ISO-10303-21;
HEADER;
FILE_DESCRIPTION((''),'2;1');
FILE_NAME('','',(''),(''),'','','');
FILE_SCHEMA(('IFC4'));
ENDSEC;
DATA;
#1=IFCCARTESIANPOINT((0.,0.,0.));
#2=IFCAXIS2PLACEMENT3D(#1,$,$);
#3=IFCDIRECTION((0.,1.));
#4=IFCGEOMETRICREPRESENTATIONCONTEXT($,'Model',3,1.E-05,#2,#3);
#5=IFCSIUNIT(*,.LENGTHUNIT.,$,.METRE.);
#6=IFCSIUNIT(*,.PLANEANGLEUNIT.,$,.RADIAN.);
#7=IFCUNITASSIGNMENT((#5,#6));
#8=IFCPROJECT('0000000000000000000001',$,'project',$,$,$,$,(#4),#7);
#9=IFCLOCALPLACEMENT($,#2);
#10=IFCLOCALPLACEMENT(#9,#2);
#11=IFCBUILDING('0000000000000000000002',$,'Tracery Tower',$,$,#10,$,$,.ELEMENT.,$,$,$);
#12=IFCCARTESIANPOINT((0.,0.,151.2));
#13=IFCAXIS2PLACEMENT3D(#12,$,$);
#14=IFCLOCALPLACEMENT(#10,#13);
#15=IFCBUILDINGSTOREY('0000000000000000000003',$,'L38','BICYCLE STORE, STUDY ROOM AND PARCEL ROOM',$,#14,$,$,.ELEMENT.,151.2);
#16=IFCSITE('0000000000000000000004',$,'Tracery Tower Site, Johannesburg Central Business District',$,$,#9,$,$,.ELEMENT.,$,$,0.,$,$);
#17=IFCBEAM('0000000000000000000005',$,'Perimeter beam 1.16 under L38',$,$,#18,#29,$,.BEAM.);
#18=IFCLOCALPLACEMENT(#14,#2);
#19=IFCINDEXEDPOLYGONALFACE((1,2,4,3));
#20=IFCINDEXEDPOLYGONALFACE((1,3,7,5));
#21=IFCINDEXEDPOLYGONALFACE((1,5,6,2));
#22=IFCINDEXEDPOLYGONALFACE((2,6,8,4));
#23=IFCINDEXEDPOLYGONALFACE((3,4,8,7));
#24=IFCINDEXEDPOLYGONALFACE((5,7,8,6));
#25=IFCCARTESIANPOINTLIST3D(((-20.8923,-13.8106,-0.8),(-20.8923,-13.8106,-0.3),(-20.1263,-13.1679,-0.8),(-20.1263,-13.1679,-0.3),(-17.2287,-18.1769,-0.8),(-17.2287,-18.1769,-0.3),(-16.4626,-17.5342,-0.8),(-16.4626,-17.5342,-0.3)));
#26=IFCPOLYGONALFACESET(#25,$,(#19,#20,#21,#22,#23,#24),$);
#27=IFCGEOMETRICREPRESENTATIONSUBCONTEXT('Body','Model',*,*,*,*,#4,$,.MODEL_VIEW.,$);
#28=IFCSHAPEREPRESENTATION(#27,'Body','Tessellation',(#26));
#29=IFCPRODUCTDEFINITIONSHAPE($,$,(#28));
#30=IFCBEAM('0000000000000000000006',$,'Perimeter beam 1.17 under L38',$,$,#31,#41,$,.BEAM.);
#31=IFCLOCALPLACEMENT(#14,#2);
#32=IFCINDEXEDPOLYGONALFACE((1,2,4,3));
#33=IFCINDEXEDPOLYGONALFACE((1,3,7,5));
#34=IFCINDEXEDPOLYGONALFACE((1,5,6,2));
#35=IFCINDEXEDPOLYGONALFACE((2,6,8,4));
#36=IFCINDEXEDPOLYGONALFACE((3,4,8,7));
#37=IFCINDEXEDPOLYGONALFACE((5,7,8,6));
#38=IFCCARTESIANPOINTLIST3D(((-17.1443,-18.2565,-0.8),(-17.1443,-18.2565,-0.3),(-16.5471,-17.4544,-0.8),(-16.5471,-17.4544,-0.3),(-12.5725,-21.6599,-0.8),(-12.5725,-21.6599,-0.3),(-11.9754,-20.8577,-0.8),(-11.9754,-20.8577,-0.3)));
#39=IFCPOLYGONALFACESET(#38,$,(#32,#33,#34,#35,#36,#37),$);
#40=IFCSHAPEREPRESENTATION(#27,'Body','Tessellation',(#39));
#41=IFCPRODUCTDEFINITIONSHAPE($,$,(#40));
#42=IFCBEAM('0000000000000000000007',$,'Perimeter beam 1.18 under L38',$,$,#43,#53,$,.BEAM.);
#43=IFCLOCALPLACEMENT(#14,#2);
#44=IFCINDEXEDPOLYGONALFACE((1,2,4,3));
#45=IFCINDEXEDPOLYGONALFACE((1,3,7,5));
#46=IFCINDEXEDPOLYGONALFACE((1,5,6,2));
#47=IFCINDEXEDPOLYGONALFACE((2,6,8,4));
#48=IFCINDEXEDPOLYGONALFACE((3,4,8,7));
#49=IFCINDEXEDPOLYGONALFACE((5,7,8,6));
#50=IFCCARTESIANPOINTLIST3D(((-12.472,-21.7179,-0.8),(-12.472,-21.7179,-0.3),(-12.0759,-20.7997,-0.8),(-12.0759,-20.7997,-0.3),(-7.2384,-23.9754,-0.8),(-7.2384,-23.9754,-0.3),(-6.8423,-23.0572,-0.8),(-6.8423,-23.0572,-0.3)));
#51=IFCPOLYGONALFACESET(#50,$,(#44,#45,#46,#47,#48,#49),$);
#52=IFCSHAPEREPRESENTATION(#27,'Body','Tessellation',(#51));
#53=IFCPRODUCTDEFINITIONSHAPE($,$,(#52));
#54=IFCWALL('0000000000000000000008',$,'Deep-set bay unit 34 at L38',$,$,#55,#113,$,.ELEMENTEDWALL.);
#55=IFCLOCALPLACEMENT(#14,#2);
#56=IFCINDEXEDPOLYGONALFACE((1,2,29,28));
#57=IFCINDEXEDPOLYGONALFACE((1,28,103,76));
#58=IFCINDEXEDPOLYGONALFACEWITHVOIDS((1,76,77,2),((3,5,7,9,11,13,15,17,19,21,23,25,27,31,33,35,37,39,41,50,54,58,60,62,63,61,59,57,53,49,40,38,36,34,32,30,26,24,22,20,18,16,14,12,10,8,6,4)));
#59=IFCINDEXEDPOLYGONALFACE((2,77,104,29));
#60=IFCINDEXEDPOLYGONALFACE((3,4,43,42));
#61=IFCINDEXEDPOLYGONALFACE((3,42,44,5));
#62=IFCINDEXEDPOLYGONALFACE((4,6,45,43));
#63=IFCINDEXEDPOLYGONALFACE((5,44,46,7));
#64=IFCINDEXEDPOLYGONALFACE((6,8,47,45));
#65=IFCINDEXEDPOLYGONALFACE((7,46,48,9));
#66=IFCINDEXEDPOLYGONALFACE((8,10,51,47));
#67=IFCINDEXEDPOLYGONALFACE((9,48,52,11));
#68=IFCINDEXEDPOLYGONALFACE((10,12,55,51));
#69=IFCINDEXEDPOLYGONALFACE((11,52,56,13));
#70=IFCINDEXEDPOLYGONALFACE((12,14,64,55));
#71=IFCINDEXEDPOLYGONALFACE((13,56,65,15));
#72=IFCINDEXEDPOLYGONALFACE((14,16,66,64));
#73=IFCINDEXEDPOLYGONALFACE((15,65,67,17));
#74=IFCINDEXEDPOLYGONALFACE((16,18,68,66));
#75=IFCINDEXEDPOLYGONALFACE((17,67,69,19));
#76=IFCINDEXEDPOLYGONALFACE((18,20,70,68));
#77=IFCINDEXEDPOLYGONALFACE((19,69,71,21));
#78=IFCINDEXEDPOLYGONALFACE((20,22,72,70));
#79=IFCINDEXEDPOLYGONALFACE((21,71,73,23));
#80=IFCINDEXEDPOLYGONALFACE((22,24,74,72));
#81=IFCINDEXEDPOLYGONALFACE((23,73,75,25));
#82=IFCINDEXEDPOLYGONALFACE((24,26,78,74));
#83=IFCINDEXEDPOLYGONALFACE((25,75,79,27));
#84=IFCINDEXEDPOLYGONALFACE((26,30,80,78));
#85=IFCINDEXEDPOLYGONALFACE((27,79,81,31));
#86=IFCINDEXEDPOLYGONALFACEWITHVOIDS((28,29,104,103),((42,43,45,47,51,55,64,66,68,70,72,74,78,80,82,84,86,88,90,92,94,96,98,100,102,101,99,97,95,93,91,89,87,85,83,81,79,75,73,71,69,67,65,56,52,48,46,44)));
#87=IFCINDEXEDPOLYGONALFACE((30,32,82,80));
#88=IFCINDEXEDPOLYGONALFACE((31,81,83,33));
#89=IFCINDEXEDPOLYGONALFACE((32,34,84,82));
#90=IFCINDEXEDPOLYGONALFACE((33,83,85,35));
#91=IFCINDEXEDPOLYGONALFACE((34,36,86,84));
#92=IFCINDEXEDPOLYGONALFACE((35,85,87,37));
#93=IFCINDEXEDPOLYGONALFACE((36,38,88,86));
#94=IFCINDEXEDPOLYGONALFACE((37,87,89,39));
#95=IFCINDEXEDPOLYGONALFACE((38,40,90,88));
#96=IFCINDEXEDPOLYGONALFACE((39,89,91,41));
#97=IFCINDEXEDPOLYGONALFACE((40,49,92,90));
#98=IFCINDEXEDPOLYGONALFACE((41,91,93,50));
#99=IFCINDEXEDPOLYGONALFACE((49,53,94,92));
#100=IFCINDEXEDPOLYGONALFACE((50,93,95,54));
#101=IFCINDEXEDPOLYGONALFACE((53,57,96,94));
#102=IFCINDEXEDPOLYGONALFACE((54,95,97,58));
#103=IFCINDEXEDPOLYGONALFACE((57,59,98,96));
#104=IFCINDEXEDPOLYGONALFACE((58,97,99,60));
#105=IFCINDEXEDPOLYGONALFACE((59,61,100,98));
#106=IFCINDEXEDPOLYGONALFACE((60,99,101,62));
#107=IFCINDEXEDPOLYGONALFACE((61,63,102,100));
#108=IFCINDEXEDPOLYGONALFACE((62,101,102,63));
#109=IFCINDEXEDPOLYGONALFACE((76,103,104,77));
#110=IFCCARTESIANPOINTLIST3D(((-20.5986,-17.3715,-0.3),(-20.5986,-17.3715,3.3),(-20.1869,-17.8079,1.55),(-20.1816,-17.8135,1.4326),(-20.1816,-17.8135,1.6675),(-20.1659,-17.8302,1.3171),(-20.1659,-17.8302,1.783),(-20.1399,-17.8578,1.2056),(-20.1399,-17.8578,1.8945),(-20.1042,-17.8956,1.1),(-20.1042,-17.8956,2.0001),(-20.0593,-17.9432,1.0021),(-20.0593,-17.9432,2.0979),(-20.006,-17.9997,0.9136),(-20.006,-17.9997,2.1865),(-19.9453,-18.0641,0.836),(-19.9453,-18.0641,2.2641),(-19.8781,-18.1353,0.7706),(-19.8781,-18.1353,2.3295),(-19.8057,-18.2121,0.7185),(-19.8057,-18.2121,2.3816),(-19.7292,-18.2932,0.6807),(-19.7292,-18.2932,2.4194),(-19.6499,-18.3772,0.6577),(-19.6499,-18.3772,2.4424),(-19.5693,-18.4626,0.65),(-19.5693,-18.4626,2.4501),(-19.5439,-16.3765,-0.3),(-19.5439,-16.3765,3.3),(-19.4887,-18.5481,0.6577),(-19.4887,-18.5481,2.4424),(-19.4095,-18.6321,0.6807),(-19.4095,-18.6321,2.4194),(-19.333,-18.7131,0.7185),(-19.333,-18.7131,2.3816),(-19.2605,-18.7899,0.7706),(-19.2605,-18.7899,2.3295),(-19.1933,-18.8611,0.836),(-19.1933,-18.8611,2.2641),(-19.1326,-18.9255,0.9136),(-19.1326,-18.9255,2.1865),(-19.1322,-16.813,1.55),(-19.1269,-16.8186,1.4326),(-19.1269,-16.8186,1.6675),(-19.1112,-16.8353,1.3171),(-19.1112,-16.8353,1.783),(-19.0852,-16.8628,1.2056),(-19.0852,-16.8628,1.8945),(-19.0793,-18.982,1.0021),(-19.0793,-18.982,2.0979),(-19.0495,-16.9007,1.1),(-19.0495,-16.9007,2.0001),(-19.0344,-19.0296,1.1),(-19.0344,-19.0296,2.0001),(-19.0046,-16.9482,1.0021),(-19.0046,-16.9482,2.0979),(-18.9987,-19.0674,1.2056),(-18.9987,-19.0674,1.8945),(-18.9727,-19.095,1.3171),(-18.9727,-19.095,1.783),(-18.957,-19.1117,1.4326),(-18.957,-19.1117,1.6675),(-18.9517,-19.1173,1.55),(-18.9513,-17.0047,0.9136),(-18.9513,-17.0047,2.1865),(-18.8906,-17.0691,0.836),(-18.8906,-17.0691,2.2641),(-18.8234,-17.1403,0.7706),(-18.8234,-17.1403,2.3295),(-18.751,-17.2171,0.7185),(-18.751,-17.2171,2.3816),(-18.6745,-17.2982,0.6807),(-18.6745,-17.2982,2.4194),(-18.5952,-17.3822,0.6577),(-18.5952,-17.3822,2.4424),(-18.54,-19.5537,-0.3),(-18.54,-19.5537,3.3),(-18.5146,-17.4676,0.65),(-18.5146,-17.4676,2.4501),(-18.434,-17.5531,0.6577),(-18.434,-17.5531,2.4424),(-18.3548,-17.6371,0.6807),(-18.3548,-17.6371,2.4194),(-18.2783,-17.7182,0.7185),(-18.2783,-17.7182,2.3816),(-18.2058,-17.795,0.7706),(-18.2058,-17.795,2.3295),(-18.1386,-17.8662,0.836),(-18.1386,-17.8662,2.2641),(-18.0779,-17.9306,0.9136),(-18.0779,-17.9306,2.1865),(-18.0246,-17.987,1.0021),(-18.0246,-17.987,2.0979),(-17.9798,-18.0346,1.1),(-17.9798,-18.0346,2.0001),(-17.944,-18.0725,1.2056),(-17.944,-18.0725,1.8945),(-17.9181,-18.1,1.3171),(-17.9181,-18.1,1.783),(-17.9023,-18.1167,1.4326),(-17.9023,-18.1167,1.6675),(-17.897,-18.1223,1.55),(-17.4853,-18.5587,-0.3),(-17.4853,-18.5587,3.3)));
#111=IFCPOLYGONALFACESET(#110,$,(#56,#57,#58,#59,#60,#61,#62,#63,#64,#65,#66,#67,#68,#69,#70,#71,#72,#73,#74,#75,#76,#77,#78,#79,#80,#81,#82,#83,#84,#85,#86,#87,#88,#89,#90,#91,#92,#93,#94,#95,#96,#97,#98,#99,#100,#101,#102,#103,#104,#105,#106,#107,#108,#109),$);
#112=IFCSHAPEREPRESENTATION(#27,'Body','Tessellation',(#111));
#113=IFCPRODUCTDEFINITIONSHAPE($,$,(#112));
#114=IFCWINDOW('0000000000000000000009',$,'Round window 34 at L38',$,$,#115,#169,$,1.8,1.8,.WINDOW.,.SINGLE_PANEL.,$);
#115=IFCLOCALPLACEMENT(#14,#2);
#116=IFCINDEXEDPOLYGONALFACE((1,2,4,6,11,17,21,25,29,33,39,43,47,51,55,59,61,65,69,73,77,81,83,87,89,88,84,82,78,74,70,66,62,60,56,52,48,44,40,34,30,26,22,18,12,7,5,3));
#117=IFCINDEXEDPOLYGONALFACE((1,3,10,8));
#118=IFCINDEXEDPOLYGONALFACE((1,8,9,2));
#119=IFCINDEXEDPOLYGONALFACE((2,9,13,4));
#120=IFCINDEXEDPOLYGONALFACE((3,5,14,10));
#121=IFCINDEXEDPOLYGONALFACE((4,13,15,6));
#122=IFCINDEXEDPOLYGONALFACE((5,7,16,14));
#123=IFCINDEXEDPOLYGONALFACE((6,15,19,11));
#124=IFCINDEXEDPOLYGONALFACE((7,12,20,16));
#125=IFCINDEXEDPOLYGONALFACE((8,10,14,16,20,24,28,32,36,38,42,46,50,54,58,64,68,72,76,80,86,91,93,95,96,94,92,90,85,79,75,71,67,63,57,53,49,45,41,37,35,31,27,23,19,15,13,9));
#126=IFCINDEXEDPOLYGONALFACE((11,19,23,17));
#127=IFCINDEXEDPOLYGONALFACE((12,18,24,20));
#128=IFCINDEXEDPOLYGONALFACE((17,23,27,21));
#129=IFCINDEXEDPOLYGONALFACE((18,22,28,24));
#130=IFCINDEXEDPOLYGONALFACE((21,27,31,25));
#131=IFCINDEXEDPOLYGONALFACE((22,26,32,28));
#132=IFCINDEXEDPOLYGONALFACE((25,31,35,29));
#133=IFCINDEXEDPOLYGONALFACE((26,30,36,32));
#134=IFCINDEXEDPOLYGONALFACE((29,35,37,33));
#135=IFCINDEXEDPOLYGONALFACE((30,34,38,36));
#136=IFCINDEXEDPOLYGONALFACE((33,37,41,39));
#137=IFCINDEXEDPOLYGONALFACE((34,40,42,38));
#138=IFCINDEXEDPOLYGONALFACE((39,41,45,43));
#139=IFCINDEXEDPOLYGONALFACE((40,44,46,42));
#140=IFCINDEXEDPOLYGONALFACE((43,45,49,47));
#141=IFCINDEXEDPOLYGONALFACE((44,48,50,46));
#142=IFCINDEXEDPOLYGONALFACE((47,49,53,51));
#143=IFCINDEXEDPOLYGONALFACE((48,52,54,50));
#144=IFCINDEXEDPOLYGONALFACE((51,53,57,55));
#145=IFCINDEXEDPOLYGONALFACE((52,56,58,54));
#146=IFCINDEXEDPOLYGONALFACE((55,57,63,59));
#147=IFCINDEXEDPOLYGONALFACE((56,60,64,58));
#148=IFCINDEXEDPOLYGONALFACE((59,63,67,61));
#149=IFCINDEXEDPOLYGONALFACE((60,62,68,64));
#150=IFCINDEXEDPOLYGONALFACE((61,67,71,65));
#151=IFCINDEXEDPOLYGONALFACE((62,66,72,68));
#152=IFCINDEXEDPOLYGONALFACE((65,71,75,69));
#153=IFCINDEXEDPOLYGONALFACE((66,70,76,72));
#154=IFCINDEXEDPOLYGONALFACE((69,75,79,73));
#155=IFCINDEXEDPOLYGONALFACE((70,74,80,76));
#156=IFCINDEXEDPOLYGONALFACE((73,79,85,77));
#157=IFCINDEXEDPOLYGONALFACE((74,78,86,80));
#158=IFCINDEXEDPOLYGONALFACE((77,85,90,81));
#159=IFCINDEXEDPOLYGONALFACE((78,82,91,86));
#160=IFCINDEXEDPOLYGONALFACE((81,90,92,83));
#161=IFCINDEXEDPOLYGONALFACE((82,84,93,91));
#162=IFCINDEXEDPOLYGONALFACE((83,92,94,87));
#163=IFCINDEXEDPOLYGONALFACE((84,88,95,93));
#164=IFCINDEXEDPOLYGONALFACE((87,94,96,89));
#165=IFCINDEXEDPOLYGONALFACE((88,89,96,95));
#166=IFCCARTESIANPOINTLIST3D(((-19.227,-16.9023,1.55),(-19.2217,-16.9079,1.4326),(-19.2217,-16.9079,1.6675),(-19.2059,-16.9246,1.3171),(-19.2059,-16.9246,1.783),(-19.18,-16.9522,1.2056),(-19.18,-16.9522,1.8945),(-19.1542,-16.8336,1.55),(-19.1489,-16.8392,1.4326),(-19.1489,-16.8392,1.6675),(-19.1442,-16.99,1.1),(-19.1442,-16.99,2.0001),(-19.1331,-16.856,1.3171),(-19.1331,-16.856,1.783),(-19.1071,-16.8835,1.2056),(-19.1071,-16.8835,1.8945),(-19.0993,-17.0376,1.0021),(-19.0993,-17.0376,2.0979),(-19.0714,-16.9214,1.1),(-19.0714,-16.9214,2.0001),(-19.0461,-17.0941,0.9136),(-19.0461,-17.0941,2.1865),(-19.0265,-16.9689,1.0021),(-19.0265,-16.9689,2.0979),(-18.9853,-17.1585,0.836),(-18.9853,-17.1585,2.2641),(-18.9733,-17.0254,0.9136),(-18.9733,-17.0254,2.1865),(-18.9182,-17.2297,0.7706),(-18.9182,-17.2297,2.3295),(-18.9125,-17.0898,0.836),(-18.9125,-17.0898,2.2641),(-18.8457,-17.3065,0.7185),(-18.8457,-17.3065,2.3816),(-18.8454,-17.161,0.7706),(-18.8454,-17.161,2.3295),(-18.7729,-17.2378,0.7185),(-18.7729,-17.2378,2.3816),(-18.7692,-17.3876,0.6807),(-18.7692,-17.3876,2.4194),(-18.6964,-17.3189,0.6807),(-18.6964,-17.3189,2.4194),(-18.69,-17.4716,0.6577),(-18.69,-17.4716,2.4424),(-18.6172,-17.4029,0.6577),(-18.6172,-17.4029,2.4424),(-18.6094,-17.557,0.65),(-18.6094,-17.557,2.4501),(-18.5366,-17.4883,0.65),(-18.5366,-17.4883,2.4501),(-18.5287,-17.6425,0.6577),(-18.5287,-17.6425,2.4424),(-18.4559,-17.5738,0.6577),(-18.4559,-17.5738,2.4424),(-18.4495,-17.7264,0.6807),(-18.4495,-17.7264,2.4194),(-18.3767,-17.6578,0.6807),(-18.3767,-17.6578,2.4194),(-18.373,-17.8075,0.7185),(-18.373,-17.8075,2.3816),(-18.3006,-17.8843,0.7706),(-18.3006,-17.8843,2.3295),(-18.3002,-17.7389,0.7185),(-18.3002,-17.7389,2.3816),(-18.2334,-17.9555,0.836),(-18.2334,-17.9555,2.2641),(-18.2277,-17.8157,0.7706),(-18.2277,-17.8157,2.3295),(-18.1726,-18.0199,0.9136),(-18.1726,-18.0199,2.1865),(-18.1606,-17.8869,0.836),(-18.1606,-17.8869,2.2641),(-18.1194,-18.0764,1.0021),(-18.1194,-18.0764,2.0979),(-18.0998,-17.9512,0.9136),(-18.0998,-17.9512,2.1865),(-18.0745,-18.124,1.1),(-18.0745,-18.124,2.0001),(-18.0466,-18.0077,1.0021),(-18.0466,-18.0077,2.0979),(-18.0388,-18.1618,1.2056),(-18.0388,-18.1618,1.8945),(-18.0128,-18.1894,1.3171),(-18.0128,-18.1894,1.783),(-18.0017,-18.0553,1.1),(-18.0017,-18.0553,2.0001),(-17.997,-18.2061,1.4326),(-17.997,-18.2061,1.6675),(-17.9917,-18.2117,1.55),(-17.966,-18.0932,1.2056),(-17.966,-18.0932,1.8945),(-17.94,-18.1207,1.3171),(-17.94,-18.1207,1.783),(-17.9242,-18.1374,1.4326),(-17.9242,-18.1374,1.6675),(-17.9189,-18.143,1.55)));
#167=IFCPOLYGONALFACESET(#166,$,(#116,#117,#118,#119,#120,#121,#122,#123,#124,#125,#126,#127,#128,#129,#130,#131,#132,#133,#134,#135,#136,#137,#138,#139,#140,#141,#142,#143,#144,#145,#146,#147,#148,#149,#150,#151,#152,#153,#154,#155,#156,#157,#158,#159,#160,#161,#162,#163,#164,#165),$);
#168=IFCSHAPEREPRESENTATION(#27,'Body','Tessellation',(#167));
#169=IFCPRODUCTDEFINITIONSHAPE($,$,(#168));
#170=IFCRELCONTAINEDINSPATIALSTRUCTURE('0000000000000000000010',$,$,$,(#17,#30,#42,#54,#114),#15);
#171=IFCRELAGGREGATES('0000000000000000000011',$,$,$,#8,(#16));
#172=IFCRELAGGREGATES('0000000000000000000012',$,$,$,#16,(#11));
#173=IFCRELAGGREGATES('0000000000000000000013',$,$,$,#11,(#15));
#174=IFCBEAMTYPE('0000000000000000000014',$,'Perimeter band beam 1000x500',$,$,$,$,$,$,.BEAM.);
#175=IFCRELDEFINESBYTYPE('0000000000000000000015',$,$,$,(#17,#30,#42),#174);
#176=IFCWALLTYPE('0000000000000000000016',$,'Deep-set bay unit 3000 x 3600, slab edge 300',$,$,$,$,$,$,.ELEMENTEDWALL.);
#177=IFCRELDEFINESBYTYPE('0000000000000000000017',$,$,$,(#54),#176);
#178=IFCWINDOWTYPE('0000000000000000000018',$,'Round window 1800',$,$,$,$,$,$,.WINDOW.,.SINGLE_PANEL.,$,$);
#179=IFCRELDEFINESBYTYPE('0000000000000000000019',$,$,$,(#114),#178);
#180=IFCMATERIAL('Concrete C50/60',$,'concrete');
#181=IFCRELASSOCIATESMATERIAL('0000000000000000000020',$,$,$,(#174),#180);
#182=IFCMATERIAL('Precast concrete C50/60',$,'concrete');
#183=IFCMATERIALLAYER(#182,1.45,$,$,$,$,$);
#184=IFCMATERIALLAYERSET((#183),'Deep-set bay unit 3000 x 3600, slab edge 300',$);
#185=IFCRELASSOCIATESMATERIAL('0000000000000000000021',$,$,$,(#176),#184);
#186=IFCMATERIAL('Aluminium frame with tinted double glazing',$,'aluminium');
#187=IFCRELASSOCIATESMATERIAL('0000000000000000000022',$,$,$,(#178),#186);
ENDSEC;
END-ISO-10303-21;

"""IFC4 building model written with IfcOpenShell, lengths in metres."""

from ifc_helpers import new_model, si_unit, direction, frame, frame_2d, origin, origin_2d, place, context, subcontext, project, spatial, rectangle, circle, extrude, material, layer, layer_set, material_profile, profile_set, type_object, element, fill, save


model = new_model("IFC4")

# Units and contexts
model_context = context("Model", 3, precision=1e-05, world=origin(), true_north=direction((0.0, 1.0)))
body_context = subcontext(model_context, "Body", "Model", "MODEL_VIEW")
ifc_project = project(units=[si_unit("LENGTHUNIT", "METRE"), si_unit("PLANEANGLEUNIT", "RADIAN")], contexts=[model_context])

# Site, building, storey
site_placement = place(None, origin())
site = spatial("IfcSite", under=ifc_project, at=site_placement, Name="Tracery Tower Site, Johannesburg Central Business District", CompositionType="ELEMENT", RefElevation=0.0)
building_placement = place(site_placement, origin())
building = spatial("IfcBuilding", under=site, at=building_placement, Name="Tracery Tower", CompositionType="ELEMENT")
storey_placement = place(building_placement, frame((0.0, 0.0, 151.2)))
storey = spatial("IfcBuildingStorey", under=building, at=storey_placement, Name="L38", Description="BICYCLE STORE, STUDY ROOM AND PARCEL ROOM", CompositionType="ELEMENT", Elevation=151.2)

# Beams
ifc_material_1 = material(Name="Concrete C50/60", Category="concrete")
ifc_material_profile_1 = material_profile(ifc_material_1, rectangle(XDim=1.0, YDim=0.5, at=origin_2d()), Name="RC 1000x500")
ifc_profile_set_1 = profile_set([ifc_material_profile_1], Name="Concrete C50/60")
beam_type = type_object("IfcBeamType", Name="Perimeter band beam 1000x500", PredefinedType="BEAM", material=ifc_profile_set_1)
beam_1_placement = place(storey_placement, frame((-20.5093, -13.4893, -0.55), z_axis=(0.642776, -0.766054, 0.0), x_axis=(0.766054, 0.642776, 0.0)))
element("IfcBeam", 1, at=beam_1_placement, inside=storey, type_object=beam_type, Name="Perimeter beam 1.16 under L38", PredefinedType="BEAM", context=body_context, shape_type="SweptSolid", body=[
    extrude(rectangle(XDim=1.0, YDim=0.5, at=origin_2d()), origin(), (0.0, 0.0, 1.0), 5.6997),
])
beam_2_placement = place(storey_placement, frame((-16.8457, -17.8555, -0.55), z_axis=(0.802144, -0.597131, 0.0), x_axis=(0.597131, 0.802144, 0.0)))
element("IfcBeam", 2, at=beam_2_placement, inside=storey, type_object=beam_type, Name="Perimeter beam 1.17 under L38", PredefinedType="BEAM", context=body_context, shape_type="SweptSolid", body=[
    extrude(rectangle(XDim=1.0, YDim=0.5, at=origin_2d()), origin(), (0.0, 0.0, 1.0), 5.6995),
])
beam_3_placement = place(storey_placement, frame((-12.2739, -21.2588, -0.55), z_axis=(0.918216, -0.396079, 0.0), x_axis=(0.396079, 0.918216, 0.0)))
element("IfcBeam", 3, at=beam_3_placement, inside=storey, type_object=beam_type, Name="Perimeter beam 1.18 under L38", PredefinedType="BEAM", context=body_context, shape_type="SweptSolid", body=[
    extrude(rectangle(XDim=1.0, YDim=0.5, at=origin_2d()), origin(), (0.0, 0.0, 1.0), 5.6997),
])

# Wall, opening, window
ifc_material_2 = material(Name="Precast concrete C50/60", Category="concrete")
ifc_layer_1 = layer(ifc_material_2, 1.45)
ifc_layer_set_1 = layer_set([ifc_layer_1], Name="Deep-set bay unit 3000 x 3600, slab edge 300")
wall_type_1 = type_object("IfcWallType", Name="Deep-set bay unit 3000 x 3600, slab edge 300", PredefinedType="ELEMENTEDWALL", material=ifc_layer_set_1)
wall_1_placement = place(storey_placement, frame((-20.0713, -16.874, -0.3), z_axis=(0.0, 0.0, 1.0), x_axis=(0.686217, -0.727397, 0.0)))
wall_1 = element("IfcWall", 4, at=wall_1_placement, inside=storey, type_object=wall_type_1, Name="Deep-set bay unit 34 at L38", PredefinedType="ELEMENTEDWALL", context=body_context, shape_type="SweptSolid", body=[
    extrude(rectangle(XDim=3.0, YDim=1.45, at=frame_2d((1.5, 0.0))), origin(), (0.0, 0.0, 1.0), 3.6001),
])
opening_1_placement = place(wall_1_placement, frame((1.5, 0.0, 1.8501)))
opening_1 = element("IfcOpeningElement", 5, at=opening_1_placement, cuts=wall_1, PredefinedType="OPENING", context=body_context, shape_type="SweptSolid", body=[
    extrude(circle(Radius=0.9, at=origin_2d()), frame((0.0, 0.7349, 0.0), z_axis=(0.0, -1.0, 0.0), x_axis=(1.0, 0.0, 0.0)), (0.0, 0.0, 1.0), 1.47),
])
ifc_material_3 = material(Name="Aluminium frame with tinted double glazing", Category="aluminium")
window_type = type_object("IfcWindowType", Name="Round window 1800", PartitioningType="SINGLE_PANEL", PredefinedType="WINDOW", material=ifc_material_3)
window_1_placement = place(opening_1_placement, origin())
window_1 = element("IfcWindow", 6, at=window_1_placement, inside=storey, type_object=window_type, Name="Round window 34 at L38", OverallHeight=1.8, OverallWidth=1.8, PartitioningType="SINGLE_PANEL", PredefinedType="WINDOW", context=body_context, shape_type="SweptSolid", body=[
    extrude(circle(Radius=0.9, at=origin_2d()), frame((0.0, 0.6948, 0.0), z_axis=(0.0, -1.0, 0.0), x_axis=(1.0, 0.0, 0.0)), (0.0, 0.0, 1.0), 0.1001),
])
fill(opening_1, window_1)

save(model, "model.ifc")
